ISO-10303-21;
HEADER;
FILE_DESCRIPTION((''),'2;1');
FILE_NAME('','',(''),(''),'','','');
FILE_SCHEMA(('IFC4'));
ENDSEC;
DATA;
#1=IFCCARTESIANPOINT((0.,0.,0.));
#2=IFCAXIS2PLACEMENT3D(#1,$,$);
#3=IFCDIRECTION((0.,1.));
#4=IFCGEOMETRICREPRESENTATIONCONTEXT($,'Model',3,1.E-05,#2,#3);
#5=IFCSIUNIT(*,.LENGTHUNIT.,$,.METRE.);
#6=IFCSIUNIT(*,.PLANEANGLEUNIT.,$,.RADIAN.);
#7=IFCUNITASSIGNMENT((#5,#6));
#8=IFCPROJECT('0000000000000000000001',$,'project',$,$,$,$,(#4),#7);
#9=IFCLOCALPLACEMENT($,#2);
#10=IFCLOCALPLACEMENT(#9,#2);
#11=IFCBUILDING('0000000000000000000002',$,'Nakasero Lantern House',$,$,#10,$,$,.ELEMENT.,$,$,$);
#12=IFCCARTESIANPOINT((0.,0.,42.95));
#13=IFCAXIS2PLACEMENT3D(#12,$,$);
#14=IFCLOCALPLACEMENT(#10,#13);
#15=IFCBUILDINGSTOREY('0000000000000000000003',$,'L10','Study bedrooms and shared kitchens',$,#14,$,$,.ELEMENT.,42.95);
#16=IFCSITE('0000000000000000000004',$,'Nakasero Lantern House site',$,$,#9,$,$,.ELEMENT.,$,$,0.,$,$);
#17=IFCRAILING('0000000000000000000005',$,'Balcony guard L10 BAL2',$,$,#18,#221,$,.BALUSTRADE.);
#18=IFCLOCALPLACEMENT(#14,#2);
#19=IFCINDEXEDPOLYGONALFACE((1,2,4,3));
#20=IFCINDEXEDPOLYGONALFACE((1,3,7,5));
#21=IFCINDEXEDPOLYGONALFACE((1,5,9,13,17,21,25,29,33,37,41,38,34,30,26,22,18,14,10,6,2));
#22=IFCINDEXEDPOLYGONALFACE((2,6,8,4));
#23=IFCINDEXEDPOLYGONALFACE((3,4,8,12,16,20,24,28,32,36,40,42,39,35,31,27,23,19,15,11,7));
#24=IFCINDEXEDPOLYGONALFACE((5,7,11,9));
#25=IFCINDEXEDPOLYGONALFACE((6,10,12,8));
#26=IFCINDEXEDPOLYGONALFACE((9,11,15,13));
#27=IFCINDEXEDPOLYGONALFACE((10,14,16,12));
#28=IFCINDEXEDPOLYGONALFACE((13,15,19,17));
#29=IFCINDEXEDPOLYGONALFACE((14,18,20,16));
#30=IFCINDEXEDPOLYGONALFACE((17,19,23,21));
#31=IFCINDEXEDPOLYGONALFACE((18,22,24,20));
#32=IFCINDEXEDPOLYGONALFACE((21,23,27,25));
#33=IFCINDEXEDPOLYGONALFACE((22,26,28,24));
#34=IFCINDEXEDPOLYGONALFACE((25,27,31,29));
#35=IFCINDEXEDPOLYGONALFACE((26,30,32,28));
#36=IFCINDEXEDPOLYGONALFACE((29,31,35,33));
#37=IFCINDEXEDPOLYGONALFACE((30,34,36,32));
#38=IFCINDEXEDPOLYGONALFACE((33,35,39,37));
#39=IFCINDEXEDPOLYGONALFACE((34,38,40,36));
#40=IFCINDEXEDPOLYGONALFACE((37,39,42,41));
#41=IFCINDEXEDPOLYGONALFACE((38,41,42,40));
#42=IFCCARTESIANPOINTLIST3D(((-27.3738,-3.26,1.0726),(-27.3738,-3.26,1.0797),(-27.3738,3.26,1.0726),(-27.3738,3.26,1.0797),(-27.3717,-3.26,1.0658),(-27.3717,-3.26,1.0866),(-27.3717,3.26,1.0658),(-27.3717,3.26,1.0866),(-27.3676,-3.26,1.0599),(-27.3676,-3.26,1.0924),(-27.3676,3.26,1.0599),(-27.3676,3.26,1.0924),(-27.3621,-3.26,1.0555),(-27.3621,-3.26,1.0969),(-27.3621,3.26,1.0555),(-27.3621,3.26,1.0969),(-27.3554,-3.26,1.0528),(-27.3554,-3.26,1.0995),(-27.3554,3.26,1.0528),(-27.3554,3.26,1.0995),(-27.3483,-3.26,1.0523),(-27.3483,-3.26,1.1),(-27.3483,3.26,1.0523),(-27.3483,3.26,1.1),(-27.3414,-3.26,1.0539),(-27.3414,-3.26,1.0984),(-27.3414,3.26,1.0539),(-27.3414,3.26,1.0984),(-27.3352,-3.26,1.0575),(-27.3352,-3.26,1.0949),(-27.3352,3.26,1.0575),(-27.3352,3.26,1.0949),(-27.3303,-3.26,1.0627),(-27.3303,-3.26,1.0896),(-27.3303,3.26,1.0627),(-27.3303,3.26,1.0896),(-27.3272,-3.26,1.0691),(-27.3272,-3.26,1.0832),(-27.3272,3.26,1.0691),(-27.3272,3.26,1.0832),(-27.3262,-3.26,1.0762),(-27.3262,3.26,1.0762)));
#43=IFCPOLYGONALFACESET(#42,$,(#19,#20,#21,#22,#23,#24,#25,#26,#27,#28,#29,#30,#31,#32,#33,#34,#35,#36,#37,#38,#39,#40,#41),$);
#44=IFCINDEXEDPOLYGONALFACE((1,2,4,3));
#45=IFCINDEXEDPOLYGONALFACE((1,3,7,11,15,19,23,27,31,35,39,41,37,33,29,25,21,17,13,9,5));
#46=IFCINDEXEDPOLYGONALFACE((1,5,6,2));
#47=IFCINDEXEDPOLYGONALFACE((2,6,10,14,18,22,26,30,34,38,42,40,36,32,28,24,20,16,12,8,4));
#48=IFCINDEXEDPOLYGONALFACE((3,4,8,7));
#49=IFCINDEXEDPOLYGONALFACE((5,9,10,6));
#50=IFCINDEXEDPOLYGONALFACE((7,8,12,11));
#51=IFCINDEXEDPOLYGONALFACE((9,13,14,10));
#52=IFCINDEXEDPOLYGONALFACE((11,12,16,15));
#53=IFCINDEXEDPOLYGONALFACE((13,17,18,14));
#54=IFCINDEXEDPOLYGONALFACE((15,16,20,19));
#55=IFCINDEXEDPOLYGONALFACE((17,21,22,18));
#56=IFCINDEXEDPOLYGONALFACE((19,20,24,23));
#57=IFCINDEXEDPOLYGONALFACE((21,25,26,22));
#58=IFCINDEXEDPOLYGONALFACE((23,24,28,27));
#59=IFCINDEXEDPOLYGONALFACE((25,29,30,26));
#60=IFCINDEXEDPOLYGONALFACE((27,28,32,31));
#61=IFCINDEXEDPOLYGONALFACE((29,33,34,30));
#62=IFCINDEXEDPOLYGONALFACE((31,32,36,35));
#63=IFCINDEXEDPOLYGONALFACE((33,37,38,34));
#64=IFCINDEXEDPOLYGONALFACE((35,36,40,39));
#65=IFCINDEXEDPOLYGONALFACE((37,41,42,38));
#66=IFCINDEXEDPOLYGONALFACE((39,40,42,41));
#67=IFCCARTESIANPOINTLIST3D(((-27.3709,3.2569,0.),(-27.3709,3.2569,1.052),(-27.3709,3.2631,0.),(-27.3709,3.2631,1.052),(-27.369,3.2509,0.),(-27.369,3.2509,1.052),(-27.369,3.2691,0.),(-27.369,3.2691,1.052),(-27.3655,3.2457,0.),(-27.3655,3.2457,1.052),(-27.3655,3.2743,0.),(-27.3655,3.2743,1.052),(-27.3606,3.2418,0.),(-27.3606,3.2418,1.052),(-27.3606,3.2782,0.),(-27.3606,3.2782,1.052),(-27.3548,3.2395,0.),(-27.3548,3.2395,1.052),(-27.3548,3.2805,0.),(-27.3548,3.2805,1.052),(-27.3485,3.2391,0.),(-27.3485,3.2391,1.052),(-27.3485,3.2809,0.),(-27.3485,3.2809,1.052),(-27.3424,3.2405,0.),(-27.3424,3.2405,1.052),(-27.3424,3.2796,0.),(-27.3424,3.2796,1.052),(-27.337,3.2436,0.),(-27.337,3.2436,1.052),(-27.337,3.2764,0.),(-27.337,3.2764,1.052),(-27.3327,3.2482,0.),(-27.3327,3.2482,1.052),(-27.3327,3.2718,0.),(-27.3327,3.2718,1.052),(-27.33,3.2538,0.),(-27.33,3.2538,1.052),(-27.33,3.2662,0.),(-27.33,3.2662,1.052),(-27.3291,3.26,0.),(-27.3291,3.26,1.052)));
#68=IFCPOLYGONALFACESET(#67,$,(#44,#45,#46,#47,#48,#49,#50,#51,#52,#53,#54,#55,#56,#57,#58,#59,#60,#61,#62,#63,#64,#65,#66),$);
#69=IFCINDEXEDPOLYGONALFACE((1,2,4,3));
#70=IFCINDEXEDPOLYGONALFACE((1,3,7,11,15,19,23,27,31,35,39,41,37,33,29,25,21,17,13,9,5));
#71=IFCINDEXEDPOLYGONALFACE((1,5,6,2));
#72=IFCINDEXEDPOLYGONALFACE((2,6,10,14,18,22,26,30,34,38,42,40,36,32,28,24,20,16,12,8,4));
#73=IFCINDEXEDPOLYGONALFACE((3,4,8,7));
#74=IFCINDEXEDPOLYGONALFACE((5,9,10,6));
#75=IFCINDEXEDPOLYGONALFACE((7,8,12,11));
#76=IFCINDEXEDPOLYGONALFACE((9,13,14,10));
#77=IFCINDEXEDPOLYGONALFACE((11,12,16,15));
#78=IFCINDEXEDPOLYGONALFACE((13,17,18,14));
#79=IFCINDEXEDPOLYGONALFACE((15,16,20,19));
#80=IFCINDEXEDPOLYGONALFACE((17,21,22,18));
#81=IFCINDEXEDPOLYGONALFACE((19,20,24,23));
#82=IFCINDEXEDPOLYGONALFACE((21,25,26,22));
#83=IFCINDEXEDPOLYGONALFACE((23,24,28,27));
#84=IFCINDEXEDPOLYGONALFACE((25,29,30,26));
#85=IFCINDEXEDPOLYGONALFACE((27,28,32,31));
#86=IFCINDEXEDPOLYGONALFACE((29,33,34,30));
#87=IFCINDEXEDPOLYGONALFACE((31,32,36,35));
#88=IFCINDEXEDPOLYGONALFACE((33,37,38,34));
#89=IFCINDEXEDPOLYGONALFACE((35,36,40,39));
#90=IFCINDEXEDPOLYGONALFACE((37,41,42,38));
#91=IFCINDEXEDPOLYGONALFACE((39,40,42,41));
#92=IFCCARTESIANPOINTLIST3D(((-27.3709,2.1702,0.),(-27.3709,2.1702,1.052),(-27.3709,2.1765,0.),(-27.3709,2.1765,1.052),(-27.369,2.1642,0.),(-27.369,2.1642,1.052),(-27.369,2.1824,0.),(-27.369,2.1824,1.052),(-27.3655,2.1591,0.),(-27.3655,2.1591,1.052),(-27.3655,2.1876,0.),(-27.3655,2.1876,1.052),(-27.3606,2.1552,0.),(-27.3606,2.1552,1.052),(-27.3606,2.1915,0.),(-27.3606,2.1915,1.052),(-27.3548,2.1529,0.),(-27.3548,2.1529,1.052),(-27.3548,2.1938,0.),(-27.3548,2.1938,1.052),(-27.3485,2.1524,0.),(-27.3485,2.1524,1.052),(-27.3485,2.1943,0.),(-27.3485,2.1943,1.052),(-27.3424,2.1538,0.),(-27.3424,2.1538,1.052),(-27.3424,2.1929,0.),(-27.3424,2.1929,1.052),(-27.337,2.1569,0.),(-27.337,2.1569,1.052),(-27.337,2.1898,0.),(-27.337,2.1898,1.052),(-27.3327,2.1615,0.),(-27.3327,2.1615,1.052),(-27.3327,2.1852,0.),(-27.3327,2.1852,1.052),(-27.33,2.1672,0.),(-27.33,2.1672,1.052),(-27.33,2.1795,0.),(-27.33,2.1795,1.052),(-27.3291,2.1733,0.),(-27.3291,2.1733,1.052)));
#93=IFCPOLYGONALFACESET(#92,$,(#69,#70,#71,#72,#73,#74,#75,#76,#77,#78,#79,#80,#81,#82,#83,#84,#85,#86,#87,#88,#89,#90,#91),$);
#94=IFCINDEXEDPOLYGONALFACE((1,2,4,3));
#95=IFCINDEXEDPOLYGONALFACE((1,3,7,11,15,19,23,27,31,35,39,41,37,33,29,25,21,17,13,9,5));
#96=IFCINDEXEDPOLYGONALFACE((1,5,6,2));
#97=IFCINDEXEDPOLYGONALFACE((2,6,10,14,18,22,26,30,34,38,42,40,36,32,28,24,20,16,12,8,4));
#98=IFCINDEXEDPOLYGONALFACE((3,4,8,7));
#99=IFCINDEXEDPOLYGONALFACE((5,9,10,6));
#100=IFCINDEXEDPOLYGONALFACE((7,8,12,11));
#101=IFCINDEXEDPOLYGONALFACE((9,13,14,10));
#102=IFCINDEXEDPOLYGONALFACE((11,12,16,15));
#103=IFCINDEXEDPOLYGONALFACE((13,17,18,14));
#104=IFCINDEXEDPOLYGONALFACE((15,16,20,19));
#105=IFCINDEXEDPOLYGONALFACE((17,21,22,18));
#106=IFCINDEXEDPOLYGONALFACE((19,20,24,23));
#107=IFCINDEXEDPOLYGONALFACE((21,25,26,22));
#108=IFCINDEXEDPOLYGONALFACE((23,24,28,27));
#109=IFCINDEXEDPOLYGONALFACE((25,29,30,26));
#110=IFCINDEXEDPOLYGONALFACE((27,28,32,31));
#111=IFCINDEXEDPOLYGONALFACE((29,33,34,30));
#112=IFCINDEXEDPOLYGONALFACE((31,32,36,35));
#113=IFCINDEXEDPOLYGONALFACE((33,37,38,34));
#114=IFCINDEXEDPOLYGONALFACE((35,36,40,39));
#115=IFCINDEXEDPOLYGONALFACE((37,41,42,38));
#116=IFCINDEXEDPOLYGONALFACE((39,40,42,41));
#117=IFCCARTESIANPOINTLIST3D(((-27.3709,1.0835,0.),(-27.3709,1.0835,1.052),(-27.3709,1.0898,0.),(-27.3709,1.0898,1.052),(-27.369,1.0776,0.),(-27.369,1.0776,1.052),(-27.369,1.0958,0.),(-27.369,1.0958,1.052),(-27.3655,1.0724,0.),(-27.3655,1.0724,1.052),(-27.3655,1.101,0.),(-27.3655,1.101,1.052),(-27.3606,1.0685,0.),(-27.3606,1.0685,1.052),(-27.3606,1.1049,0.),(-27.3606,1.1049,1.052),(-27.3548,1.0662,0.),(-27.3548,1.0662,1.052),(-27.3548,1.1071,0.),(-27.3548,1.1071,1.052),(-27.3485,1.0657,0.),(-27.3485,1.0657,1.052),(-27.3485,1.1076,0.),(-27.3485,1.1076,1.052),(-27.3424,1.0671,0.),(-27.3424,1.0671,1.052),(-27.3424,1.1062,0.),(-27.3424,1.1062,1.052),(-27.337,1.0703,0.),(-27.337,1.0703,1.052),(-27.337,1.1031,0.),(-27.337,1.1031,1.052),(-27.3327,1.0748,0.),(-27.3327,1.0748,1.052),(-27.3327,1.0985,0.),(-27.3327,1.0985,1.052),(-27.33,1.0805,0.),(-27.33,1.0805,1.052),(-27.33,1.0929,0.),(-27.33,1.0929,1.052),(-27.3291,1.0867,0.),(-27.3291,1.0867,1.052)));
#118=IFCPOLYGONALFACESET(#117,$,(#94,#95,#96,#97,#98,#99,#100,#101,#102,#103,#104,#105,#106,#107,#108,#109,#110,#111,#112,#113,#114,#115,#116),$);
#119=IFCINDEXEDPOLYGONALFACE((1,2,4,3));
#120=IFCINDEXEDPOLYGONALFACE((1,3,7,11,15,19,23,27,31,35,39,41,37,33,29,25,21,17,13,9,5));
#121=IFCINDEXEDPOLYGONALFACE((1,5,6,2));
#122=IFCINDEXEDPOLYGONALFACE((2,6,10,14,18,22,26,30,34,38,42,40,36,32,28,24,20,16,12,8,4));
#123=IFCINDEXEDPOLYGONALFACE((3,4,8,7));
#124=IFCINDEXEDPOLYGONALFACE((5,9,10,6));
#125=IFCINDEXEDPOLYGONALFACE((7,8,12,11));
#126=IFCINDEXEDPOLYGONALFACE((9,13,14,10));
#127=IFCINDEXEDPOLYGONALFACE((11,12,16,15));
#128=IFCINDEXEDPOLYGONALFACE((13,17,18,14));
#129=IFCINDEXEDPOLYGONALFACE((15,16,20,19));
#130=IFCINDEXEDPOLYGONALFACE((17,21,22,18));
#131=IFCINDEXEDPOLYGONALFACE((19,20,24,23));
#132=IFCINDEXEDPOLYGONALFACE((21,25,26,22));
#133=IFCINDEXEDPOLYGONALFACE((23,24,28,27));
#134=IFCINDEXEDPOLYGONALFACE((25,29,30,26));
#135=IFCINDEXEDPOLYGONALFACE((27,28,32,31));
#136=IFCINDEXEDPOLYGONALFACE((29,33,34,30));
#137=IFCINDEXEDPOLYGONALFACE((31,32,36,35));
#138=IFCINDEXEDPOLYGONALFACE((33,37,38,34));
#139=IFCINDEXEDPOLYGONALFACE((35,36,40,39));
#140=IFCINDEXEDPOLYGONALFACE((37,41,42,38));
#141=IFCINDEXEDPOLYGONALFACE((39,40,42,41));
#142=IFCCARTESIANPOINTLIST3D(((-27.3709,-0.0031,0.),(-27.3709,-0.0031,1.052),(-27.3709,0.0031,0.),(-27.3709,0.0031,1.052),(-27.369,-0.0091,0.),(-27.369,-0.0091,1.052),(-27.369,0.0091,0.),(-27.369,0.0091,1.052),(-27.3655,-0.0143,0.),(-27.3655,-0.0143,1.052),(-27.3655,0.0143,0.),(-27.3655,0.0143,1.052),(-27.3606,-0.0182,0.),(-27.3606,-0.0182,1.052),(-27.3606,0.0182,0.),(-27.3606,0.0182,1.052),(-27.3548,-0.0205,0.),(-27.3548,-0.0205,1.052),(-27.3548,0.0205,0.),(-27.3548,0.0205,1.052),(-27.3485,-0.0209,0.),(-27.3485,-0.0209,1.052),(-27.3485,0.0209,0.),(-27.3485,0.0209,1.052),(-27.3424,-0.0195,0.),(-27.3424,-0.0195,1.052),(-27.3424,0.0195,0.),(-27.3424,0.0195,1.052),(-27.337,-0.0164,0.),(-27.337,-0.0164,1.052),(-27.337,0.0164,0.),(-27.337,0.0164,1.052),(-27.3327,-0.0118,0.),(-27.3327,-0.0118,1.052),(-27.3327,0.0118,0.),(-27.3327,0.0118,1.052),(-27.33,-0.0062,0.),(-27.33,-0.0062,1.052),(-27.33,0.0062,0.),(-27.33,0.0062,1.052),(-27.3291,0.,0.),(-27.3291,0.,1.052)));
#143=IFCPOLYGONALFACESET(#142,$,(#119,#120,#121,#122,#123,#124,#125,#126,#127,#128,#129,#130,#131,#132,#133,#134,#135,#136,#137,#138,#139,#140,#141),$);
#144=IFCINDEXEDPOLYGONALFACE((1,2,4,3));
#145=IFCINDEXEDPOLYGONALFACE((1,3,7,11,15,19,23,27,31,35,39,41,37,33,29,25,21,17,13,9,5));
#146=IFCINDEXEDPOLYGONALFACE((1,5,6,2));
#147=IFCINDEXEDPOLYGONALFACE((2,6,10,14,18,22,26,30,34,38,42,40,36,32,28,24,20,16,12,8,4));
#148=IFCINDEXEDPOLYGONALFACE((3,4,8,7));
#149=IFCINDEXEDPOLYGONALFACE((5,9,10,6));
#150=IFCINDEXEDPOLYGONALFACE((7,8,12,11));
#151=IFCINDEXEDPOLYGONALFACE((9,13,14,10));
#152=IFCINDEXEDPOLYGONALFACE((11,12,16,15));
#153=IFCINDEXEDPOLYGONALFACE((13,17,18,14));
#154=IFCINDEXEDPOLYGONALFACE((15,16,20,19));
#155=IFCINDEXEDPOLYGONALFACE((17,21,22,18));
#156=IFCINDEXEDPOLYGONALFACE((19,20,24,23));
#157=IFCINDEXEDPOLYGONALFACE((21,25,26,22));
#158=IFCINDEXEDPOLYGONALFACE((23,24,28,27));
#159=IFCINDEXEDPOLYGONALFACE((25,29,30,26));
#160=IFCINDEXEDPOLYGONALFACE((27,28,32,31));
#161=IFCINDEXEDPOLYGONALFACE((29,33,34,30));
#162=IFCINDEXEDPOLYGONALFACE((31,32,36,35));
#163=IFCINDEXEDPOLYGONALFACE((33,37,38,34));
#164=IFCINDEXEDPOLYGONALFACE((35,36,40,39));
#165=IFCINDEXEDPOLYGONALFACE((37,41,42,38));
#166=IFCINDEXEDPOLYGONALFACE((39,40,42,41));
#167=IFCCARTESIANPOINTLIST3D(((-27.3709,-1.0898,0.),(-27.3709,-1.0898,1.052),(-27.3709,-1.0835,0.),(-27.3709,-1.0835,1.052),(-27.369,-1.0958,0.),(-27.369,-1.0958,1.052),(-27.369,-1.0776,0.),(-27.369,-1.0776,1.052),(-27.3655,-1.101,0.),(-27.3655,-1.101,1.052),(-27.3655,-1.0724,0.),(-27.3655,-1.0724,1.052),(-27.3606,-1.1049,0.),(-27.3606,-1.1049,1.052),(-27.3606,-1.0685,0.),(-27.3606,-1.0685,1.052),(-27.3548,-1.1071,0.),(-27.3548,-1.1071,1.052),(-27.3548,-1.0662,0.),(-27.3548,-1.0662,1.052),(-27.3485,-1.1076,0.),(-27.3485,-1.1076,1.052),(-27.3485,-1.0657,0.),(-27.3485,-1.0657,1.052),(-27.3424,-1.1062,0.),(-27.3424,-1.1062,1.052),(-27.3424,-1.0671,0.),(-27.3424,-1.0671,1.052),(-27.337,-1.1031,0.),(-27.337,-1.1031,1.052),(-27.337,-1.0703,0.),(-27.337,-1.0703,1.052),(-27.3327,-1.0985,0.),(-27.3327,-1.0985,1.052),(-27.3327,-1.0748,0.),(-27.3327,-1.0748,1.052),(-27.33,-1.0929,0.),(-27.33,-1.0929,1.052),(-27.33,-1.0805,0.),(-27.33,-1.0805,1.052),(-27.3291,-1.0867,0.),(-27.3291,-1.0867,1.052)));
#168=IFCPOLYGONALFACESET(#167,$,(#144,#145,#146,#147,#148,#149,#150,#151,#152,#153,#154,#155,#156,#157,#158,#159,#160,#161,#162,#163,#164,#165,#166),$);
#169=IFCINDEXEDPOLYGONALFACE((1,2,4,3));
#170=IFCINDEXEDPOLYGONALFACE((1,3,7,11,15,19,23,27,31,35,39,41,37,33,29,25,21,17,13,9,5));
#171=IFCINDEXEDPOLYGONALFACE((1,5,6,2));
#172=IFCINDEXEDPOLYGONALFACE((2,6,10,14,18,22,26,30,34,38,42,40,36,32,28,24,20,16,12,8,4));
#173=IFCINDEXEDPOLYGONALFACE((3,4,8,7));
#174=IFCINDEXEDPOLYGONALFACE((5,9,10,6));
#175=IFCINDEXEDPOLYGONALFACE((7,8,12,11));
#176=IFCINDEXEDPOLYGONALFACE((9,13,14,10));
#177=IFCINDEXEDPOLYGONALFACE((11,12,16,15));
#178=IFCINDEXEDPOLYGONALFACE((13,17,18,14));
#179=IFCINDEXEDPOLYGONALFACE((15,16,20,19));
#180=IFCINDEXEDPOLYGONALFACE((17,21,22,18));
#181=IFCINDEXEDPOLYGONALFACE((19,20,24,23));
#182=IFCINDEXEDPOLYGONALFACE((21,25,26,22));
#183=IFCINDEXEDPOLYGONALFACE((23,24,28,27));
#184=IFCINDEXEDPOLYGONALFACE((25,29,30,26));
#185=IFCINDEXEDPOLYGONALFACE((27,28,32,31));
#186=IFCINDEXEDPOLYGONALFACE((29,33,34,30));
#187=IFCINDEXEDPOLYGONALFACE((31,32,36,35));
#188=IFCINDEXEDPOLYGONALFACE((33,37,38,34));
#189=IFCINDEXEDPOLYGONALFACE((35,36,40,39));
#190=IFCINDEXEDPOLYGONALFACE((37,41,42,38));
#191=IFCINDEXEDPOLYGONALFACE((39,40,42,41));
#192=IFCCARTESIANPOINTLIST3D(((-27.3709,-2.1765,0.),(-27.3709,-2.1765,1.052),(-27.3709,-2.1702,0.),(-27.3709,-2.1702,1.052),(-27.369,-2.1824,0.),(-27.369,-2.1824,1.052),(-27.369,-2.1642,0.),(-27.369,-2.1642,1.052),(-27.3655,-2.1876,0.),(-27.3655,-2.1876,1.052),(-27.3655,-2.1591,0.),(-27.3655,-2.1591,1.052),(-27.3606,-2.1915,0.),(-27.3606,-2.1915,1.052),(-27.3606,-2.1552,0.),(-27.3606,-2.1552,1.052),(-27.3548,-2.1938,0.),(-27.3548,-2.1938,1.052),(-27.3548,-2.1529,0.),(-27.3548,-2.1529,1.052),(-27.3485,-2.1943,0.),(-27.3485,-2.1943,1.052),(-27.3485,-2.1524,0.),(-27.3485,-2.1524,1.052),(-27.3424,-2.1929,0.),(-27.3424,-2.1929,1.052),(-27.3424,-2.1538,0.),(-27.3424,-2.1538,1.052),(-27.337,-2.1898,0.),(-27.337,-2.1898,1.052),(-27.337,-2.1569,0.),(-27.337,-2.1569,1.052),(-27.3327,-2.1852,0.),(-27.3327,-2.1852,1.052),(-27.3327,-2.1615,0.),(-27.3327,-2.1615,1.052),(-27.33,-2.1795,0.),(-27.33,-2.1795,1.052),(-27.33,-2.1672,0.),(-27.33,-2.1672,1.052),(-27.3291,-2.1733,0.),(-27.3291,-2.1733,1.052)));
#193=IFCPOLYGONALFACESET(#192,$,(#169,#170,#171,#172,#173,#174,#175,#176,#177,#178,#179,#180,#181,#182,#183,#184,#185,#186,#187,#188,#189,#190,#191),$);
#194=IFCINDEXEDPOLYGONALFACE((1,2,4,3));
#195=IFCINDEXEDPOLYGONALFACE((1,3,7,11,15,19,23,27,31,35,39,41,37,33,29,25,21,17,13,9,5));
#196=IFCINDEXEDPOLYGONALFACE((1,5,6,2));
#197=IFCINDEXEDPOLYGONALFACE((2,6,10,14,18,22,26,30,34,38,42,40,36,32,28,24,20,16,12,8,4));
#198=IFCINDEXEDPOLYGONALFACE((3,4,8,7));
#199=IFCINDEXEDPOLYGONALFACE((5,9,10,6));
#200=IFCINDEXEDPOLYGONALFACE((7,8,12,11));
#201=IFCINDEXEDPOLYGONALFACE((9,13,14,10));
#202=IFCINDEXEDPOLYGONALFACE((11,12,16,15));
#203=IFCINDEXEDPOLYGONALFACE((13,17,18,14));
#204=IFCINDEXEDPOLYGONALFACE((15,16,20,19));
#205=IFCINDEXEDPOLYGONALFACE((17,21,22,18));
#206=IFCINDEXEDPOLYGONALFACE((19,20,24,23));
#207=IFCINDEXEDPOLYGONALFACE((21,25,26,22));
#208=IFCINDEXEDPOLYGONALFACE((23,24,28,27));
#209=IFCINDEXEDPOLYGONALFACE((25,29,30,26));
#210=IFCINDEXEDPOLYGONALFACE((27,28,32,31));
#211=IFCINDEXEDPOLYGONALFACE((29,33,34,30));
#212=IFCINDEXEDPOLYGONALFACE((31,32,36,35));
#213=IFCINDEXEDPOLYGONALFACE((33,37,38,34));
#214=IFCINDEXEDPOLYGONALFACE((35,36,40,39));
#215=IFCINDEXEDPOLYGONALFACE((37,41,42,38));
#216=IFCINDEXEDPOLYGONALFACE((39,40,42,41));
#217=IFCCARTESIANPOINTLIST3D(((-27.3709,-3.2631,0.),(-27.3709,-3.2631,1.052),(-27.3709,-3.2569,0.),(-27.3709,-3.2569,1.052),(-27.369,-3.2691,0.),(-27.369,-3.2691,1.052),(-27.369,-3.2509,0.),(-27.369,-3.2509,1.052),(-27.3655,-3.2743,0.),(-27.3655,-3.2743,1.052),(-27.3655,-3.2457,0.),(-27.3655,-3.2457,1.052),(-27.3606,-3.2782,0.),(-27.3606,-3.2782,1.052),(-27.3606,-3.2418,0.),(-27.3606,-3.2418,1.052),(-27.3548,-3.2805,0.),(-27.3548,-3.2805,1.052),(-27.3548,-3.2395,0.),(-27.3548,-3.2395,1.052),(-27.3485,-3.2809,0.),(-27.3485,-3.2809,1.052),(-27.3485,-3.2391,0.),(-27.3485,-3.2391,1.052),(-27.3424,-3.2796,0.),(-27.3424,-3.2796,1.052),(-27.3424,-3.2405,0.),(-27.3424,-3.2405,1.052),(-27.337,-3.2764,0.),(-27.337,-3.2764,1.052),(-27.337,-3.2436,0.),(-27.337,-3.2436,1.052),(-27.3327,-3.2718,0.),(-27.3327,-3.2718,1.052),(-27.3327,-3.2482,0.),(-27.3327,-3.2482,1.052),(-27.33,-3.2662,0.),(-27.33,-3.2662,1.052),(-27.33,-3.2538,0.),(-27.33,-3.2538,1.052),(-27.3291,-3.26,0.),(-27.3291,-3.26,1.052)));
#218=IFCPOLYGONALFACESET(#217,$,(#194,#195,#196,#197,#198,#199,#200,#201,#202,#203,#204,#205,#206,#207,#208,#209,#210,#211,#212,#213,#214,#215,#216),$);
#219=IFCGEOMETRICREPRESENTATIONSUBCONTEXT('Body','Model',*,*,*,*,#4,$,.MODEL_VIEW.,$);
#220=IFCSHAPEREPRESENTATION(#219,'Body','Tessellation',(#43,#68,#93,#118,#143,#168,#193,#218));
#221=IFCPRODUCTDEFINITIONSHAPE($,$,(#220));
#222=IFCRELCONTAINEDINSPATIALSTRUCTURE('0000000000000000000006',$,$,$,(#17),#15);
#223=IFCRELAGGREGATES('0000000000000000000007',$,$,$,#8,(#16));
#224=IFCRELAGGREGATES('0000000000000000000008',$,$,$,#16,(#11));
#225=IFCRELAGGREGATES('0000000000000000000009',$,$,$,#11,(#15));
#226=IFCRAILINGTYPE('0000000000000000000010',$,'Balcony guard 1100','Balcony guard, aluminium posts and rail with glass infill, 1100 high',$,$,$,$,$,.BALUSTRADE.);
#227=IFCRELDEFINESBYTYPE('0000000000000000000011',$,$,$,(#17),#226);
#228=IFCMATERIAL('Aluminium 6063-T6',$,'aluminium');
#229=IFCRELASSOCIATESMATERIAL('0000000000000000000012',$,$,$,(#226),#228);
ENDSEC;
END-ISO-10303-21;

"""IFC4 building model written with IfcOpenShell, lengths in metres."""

from ifc_helpers import new_model, si_unit, direction, frame, origin, origin_2d, place, context, subcontext, project, spatial, circle, extrude, material, type_object, element, save


model = new_model("IFC4")

# Units and contexts
model_context = context("Model", 3, precision=1e-05, world=origin(), true_north=direction((0.0, 1.0)))
body_context = subcontext(model_context, "Body", "Model", "MODEL_VIEW")
ifc_project = project(units=[si_unit("LENGTHUNIT", "METRE"), si_unit("PLANEANGLEUNIT", "RADIAN")], contexts=[model_context])

# Site, building, storey
site_placement = place(None, origin())
site = spatial("IfcSite", under=ifc_project, at=site_placement, Name="Nakasero Lantern House site", CompositionType="ELEMENT", RefElevation=0.0)
building_placement = place(site_placement, origin())
building = spatial("IfcBuilding", under=site, at=building_placement, Name="Nakasero Lantern House", CompositionType="ELEMENT")
storey_placement = place(building_placement, frame((0.0, 0.0, 42.95)))
storey = spatial("IfcBuildingStorey", under=building, at=storey_placement, Name="L10", Description="Study bedrooms and shared kitchens", CompositionType="ELEMENT", Elevation=42.95)

# Railing
ifc_material_1 = material(Name="Aluminium 6063-T6", Category="aluminium")
railing_type = type_object("IfcRailingType", Name="Balcony guard 1100", Description="Balcony guard, aluminium posts and rail with glass infill, 1100 high", PredefinedType="BALUSTRADE", material=ifc_material_1)
railing_placement = place(storey_placement, frame((-27.3501, 3.26, 0.0)))
element("IfcRailing", 1, at=railing_placement, inside=storey, type_object=railing_type, Name="Balcony guard L10 BAL2", PredefinedType="BALUSTRADE", context=body_context, shape_type="SweptSolid", body=[
    extrude(circle(Radius=0.0239, at=origin_2d()), frame((0.0, 0.0, 1.0762), z_axis=(0.0, -1.0, 0.0), x_axis=(1.0, 0.0, 0.0)), (0.0, 0.0, 1.0), 6.52),
    extrude(circle(Radius=0.021, at=origin_2d()), origin(), (0.0, 0.0, 1.0), 1.052),
    extrude(circle(Radius=0.021, at=origin_2d()), frame((0.0, -1.0867, 0.0)), (0.0, 0.0, 1.0), 1.052),
    extrude(circle(Radius=0.021, at=origin_2d()), frame((0.0, -2.1733, 0.0)), (0.0, 0.0, 1.0), 1.052),
    extrude(circle(Radius=0.021, at=origin_2d()), frame((0.0, -3.26, 0.0)), (0.0, 0.0, 1.0), 1.052),
    extrude(circle(Radius=0.021, at=origin_2d()), frame((0.0, -4.3467, 0.0)), (0.0, 0.0, 1.0), 1.052),
    extrude(circle(Radius=0.021, at=origin_2d()), frame((0.0, -5.4333, 0.0)), (0.0, 0.0, 1.0), 1.052),
    extrude(circle(Radius=0.021, at=origin_2d()), frame((0.0, -6.52, 0.0)), (0.0, 0.0, 1.0), 1.052),
])

save(model, "model.ifc")
